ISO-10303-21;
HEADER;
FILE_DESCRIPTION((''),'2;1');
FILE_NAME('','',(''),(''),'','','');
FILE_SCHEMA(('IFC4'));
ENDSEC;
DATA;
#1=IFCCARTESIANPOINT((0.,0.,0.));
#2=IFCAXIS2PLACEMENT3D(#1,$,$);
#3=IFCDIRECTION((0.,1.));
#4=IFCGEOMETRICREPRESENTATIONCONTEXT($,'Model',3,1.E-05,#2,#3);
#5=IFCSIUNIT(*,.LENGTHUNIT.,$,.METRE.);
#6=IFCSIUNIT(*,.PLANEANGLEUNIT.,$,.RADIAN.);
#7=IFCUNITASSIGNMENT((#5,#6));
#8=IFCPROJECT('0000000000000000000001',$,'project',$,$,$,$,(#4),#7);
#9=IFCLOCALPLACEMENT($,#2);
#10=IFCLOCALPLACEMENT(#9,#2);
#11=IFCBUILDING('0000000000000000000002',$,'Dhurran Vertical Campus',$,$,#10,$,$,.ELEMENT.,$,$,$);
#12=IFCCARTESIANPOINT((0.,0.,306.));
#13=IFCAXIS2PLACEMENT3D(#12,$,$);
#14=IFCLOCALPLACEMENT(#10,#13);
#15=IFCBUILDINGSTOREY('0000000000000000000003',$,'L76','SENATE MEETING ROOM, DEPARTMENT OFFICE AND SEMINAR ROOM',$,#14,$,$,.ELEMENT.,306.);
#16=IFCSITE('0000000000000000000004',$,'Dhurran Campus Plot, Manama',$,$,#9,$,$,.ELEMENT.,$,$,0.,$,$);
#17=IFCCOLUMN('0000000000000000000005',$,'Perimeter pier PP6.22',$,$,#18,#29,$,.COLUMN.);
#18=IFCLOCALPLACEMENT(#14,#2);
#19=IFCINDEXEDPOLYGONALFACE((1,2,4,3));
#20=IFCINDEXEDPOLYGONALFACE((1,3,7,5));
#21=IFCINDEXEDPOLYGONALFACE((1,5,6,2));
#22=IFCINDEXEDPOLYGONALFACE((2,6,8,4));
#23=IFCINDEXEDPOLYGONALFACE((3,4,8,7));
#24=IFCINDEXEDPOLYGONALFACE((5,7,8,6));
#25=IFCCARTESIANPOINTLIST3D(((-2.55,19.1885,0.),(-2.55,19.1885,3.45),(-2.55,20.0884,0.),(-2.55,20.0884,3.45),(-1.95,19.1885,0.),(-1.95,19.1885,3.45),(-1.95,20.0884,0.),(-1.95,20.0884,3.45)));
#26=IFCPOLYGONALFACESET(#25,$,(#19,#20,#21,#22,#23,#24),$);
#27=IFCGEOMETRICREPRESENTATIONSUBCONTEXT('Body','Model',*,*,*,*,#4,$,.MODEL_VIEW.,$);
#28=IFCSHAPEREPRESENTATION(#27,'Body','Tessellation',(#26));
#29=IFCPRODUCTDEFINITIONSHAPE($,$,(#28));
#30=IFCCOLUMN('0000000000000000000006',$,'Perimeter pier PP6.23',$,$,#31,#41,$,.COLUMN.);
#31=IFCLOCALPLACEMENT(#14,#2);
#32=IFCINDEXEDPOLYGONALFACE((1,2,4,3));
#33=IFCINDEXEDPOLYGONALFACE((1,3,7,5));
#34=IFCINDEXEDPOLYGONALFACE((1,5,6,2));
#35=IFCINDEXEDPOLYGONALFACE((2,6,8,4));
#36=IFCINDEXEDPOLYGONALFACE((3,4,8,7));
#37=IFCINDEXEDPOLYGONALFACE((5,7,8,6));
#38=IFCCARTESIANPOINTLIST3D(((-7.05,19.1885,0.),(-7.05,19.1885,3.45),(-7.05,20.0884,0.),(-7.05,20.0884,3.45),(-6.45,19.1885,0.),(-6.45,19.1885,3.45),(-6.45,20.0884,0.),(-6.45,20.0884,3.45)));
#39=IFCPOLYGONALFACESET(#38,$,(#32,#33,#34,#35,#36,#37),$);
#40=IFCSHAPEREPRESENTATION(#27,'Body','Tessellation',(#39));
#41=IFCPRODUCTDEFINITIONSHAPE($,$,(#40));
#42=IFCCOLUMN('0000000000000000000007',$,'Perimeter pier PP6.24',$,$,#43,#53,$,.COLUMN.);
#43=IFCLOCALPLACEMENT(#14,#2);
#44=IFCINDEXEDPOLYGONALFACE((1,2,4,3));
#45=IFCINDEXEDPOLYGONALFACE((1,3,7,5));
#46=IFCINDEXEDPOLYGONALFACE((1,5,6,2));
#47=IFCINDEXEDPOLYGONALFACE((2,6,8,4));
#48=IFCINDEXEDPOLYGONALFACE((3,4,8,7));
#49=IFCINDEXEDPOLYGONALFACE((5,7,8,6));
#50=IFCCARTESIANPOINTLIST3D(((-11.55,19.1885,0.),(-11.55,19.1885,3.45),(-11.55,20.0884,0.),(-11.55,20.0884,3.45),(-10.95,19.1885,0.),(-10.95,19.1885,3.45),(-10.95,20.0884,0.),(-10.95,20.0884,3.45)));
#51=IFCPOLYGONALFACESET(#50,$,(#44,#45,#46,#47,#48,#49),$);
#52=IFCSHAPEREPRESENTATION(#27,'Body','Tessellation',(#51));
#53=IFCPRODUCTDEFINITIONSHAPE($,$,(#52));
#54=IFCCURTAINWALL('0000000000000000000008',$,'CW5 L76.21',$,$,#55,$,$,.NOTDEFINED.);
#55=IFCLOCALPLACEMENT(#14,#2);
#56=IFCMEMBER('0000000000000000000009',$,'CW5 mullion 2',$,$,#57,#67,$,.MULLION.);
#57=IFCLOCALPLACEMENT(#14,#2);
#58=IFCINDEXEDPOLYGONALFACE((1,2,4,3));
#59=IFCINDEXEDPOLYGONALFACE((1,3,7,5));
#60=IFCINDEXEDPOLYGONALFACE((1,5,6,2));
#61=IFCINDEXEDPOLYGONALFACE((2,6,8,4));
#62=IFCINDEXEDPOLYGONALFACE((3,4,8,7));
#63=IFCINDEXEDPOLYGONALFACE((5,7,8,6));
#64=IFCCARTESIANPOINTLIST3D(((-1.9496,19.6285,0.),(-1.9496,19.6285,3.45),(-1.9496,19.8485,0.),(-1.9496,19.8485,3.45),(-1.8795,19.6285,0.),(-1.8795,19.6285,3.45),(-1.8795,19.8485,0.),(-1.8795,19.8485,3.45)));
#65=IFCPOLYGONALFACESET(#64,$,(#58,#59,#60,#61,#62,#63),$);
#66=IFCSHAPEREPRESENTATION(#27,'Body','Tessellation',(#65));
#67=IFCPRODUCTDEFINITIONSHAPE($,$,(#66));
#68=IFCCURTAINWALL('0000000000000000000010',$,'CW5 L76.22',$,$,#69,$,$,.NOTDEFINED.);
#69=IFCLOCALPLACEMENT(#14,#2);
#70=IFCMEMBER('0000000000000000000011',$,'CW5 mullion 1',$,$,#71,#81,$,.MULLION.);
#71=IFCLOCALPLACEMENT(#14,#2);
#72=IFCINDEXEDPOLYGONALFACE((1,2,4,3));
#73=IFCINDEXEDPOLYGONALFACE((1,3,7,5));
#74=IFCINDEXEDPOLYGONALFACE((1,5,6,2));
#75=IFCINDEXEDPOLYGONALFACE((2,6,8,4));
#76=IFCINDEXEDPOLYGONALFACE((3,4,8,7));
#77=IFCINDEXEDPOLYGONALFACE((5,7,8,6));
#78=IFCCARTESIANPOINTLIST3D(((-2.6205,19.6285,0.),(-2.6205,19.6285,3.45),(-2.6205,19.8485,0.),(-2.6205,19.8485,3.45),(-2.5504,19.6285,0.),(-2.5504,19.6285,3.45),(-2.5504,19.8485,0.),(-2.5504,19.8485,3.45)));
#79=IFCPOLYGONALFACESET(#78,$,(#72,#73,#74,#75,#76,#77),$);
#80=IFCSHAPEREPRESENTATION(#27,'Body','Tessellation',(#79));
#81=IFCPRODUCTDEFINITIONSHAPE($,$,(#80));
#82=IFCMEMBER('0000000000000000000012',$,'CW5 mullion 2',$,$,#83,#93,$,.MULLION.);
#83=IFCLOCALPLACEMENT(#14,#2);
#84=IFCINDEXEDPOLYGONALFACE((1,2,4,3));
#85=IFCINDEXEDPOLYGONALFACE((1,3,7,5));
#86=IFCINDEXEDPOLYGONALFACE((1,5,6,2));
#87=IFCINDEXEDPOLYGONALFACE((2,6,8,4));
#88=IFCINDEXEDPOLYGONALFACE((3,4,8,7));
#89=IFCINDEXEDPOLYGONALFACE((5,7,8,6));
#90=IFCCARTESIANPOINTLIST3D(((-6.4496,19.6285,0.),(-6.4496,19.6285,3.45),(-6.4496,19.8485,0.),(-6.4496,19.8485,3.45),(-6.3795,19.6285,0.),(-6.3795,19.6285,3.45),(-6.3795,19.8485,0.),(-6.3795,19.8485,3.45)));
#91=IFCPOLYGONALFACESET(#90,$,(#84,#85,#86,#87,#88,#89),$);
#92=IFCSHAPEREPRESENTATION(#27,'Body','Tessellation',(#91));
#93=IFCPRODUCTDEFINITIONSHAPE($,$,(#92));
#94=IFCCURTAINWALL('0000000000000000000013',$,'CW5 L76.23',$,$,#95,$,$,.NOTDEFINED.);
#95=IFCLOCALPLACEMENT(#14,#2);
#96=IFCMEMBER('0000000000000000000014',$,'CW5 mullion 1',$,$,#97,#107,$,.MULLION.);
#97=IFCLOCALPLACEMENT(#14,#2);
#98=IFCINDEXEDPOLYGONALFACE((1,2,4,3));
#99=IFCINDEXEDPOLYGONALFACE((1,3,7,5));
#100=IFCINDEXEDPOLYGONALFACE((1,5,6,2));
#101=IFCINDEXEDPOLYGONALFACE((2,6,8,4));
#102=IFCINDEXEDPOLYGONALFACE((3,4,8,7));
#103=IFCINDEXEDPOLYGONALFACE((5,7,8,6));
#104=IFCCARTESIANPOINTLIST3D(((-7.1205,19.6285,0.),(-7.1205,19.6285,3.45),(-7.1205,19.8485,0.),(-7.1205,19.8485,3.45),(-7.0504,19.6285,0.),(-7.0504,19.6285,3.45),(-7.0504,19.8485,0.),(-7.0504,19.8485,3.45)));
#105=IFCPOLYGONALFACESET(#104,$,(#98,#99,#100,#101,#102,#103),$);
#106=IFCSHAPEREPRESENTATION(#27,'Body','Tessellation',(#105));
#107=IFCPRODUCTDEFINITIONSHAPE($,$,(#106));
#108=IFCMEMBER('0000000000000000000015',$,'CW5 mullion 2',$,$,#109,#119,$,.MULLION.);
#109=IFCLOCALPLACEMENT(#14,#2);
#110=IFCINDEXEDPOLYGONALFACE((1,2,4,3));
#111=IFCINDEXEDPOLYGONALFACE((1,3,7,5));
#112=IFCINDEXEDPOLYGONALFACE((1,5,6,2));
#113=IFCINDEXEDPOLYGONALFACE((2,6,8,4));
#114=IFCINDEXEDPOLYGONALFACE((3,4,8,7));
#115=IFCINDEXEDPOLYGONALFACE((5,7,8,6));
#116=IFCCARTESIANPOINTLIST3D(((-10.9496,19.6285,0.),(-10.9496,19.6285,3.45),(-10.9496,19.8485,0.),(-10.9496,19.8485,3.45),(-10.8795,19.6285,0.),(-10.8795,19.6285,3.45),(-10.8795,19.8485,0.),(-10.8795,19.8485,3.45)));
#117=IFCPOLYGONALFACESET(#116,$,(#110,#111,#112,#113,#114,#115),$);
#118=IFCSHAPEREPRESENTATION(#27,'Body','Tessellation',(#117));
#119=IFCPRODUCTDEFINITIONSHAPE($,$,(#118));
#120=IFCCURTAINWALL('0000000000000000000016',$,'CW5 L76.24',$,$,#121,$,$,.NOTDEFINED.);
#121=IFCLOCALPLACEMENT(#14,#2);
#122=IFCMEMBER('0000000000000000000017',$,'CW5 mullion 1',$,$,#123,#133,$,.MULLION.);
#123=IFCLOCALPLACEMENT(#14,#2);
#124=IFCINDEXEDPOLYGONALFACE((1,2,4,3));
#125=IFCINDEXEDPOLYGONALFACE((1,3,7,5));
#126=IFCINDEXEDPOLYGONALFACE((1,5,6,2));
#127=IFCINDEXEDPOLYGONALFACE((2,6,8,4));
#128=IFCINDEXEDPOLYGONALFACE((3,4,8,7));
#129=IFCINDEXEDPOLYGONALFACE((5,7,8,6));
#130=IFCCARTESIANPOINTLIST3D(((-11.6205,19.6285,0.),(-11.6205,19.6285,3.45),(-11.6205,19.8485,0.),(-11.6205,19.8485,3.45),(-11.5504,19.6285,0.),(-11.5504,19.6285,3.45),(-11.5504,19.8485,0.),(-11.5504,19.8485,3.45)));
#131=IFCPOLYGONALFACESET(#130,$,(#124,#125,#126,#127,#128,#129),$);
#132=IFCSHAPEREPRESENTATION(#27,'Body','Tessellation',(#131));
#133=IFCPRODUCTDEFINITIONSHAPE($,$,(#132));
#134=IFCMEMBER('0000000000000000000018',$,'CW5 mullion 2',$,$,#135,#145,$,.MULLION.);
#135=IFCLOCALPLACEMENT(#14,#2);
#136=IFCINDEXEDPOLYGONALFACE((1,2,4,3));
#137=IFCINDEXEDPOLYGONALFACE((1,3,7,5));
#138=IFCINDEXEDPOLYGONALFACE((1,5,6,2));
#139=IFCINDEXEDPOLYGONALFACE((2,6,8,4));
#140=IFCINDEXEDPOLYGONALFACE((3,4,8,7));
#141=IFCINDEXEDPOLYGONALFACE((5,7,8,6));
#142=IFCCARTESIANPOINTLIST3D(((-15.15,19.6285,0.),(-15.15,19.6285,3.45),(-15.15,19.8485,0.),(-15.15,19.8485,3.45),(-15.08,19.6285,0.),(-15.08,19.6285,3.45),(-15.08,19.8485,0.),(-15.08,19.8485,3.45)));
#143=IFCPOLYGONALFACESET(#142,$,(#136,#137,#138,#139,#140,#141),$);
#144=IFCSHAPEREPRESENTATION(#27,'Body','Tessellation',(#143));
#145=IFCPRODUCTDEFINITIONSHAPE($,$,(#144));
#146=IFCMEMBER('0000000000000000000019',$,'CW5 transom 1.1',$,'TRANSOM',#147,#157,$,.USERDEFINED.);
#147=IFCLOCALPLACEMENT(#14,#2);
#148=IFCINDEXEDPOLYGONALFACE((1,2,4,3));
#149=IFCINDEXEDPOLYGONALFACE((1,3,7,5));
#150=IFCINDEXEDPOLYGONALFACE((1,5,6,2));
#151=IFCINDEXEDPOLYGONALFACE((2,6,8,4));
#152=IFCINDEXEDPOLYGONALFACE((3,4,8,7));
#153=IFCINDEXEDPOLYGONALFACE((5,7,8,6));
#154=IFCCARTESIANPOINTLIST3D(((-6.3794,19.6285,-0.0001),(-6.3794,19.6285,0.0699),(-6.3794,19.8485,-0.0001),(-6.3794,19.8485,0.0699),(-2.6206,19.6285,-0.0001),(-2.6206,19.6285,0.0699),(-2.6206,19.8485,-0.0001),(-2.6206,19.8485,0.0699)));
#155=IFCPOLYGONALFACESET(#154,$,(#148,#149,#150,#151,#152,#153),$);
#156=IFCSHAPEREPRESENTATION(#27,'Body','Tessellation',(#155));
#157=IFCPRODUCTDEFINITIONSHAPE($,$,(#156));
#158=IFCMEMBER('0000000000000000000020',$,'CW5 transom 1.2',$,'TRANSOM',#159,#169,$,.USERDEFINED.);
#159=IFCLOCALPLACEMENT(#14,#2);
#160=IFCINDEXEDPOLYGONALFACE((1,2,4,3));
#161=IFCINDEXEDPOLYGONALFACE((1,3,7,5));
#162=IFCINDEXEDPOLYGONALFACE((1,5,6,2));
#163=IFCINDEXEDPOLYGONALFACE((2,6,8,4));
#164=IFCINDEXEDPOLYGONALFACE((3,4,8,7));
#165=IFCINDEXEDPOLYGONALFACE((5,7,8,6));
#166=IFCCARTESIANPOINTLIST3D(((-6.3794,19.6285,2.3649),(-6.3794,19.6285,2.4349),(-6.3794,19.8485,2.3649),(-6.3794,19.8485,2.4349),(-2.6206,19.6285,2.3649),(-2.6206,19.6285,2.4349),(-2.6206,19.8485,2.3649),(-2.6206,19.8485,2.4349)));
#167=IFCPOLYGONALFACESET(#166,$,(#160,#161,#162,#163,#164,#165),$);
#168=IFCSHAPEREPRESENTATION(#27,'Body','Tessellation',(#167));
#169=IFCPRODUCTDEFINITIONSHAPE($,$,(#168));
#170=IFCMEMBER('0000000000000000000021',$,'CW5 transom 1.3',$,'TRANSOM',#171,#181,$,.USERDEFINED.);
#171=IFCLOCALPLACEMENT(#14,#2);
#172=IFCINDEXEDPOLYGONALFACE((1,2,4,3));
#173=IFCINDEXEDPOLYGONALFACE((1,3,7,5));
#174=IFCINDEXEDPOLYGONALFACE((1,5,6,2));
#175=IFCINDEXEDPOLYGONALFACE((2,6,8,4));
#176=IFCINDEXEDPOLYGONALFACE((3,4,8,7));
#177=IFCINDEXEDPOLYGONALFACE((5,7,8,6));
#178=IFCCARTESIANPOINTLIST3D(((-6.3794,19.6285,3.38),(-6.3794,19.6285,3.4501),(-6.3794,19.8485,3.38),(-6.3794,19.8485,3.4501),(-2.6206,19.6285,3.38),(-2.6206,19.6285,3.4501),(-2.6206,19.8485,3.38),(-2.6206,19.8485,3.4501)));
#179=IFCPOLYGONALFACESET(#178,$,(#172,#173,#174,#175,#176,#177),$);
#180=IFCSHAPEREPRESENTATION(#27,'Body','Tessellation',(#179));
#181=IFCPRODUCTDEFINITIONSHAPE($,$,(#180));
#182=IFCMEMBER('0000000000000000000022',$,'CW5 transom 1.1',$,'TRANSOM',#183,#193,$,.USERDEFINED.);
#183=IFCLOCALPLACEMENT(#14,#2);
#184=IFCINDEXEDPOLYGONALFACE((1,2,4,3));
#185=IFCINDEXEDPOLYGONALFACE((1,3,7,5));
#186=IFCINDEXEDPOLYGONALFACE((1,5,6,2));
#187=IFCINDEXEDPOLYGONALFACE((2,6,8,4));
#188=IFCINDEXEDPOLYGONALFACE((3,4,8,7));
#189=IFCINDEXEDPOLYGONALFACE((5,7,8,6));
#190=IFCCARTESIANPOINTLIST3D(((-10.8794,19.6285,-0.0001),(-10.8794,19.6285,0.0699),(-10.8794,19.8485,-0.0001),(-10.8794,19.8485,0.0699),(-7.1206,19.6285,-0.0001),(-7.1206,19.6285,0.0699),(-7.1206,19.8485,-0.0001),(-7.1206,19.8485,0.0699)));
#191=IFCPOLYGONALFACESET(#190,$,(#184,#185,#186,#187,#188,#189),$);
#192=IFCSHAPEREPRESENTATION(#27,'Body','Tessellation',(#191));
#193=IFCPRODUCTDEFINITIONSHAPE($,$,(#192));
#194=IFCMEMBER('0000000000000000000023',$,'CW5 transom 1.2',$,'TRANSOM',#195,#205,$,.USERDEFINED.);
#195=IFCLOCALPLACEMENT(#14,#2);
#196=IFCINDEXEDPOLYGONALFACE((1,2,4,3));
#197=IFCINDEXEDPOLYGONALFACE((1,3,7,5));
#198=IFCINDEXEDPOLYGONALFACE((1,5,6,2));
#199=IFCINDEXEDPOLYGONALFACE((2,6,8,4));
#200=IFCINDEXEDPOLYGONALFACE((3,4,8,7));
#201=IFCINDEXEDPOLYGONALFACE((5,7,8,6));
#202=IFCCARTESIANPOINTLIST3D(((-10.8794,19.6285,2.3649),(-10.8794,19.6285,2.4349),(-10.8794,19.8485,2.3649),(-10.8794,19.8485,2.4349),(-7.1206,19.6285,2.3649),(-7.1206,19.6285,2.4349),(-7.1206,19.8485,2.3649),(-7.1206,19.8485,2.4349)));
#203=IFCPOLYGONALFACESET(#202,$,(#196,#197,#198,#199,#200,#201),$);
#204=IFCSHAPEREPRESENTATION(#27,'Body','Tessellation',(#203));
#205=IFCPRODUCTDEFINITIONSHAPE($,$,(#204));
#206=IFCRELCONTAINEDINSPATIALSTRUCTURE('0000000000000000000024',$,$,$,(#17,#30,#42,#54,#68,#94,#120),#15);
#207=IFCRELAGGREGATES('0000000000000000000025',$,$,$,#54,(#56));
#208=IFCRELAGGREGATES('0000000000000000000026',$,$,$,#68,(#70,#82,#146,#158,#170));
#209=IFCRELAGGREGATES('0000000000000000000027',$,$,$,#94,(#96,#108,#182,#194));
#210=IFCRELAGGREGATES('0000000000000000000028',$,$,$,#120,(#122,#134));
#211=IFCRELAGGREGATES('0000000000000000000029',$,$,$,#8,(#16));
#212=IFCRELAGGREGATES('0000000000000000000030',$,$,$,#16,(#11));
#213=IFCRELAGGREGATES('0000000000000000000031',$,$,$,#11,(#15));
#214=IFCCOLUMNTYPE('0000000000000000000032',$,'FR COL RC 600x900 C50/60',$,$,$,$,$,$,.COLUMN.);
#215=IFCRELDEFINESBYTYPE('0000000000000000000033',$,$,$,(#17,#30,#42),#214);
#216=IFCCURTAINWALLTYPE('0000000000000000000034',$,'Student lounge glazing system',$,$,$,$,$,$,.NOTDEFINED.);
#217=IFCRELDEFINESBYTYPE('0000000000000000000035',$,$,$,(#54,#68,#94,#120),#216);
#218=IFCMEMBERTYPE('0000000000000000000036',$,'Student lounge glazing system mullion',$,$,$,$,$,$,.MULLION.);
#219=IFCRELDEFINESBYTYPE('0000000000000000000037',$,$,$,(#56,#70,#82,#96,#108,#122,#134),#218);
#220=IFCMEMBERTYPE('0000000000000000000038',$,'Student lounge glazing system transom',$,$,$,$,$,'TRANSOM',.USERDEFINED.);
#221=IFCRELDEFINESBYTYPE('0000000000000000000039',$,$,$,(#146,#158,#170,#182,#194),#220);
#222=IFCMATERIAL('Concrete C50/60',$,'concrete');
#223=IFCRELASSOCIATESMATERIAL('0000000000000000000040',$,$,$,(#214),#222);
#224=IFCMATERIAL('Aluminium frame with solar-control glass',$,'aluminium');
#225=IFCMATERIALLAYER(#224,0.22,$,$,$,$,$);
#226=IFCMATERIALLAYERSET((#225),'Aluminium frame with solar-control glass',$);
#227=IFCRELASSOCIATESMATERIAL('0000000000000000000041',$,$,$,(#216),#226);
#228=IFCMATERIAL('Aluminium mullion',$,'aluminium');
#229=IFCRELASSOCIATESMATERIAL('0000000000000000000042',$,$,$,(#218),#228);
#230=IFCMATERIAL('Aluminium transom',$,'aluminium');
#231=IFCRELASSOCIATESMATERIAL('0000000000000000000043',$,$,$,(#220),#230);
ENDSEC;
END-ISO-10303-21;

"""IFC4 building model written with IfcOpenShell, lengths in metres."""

from ifc_helpers import new_model, si_unit, direction, frame, origin, origin_2d, place, context, subcontext, project, spatial, rectangle, extrude, material, layer, layer_set, material_profile, profile_set, type_object, element, aggregate, save


model = new_model("IFC4")

# Units and contexts
model_context = context("Model", 3, precision=1e-05, world=origin(), true_north=direction((0.0, 1.0)))
body_context = subcontext(model_context, "Body", "Model", "MODEL_VIEW")
ifc_project = project(units=[si_unit("LENGTHUNIT", "METRE"), si_unit("PLANEANGLEUNIT", "RADIAN")], contexts=[model_context])

# Site, building, storey
site_placement = place(None, origin())
site = spatial("IfcSite", under=ifc_project, at=site_placement, Name="Dhurran Campus Plot, Manama", CompositionType="ELEMENT", RefElevation=0.0)
building_placement = place(site_placement, origin())
building = spatial("IfcBuilding", under=site, at=building_placement, Name="Dhurran Vertical Campus", CompositionType="ELEMENT")
storey_placement = place(building_placement, frame((0.0, 0.0, 306.0)))
storey = spatial("IfcBuildingStorey", under=building, at=storey_placement, Name="L76", Description="SENATE MEETING ROOM, DEPARTMENT OFFICE AND SEMINAR ROOM", CompositionType="ELEMENT", Elevation=306.0)

# Columns
ifc_material_1 = material(Name="Concrete C50/60", Category="concrete")
ifc_material_profile_1 = material_profile(ifc_material_1, rectangle(XDim=0.6001, YDim=0.8999, at=origin_2d()), Name="RC 600x900")
ifc_profile_set_1 = profile_set([ifc_material_profile_1], Name="Concrete C50/60")
column_type = type_object("IfcColumnType", Name="FR COL RC 600x900 C50/60", PredefinedType="COLUMN", material=ifc_profile_set_1)
for number, where, z_axis, x_axis, name in (
    (1, (-2.25, 19.6384, 0.0), (0.0, 0.0, 1.0), (-1.0, 0.0, 0.0), "Perimeter pier PP6.22"),
    (2, (-6.75, 19.6384, 0.0), (0.0, 0.0, 1.0), (-1.0, 0.0, 0.0), "Perimeter pier PP6.23"),
    (3, (-11.25, 19.6384, 0.0), (0.0, 0.0, 1.0), (-1.0, 0.0, 0.0), "Perimeter pier PP6.24"),
):
    element("IfcColumn", number, at=place(storey_placement, frame(where, z_axis=z_axis, x_axis=x_axis)), inside=storey, type_object=column_type, Name=name, PredefinedType="COLUMN", context=body_context, shape_type="SweptSolid", body=[
        extrude(rectangle(XDim=0.6001, YDim=0.8999, at=origin_2d()), origin(), (0.0, 0.0, 1.0), 3.45),
    ])

# Curtain wall, member
ifc_material_2 = material(Name="Aluminium frame with solar-control glass", Category="aluminium")
ifc_layer_1 = layer(ifc_material_2, 0.22)
ifc_layer_set_1 = layer_set([ifc_layer_1], Name="Aluminium frame with solar-control glass")
curtain_wall_type = type_object("IfcCurtainWallType", Name="Student lounge glazing system", PredefinedType="NOTDEFINED", material=ifc_layer_set_1)
curtain_wall_1_placement = place(storey_placement, origin())
curtain_wall_1 = element("IfcCurtainWall", 4, at=curtain_wall_1_placement, inside=storey, type_object=curtain_wall_type, Name="CW5 L76.21", PredefinedType="NOTDEFINED")
ifc_material_3 = material(Name="Aluminium mullion", Category="aluminium")
ifc_material_profile_2 = material_profile(ifc_material_3, rectangle(XDim=0.22, YDim=0.0701, at=origin_2d()), Name="Student lounge glazing system mullion")
ifc_profile_set_2 = profile_set([ifc_material_profile_2], Name="Aluminium mullion")
member_type_1 = type_object("IfcMemberType", Name="Student lounge glazing system mullion", PredefinedType="MULLION", material=ifc_profile_set_2)
member_1_placement = place(storey_placement, frame((-1.9146, 19.7385, 0.0), z_axis=(0.0, 0.0, 1.0), x_axis=(0.0, -1.0, 0.0)))
member_1 = element("IfcMember", 5, at=member_1_placement, type_object=member_type_1, Name="CW5 mullion 2", PredefinedType="MULLION", context=body_context, shape_type="SweptSolid", body=[
    extrude(rectangle(XDim=0.22, YDim=0.0701, at=origin_2d()), origin(), (0.0, 0.0, 1.0), 3.45),
])

# Curtain walls, members
curtain_wall_2_placement = place(storey_placement, origin())
curtain_wall_2 = element("IfcCurtainWall", 6, at=curtain_wall_2_placement, inside=storey, type_object=curtain_wall_type, Name="CW5 L76.22", PredefinedType="NOTDEFINED")
member_2_placement = place(storey_placement, frame((-2.5854, 19.7385, 0.0), z_axis=(0.0, 0.0, 1.0), x_axis=(0.0, -1.0, 0.0)))
member_2 = element("IfcMember", 7, at=member_2_placement, type_object=member_type_1, Name="CW5 mullion 1", PredefinedType="MULLION", context=body_context, shape_type="SweptSolid", body=[
    extrude(rectangle(XDim=0.22, YDim=0.0701, at=origin_2d()), origin(), (0.0, 0.0, 1.0), 3.45),
])
member_3_placement = place(storey_placement, frame((-6.4146, 19.7385, 0.0), z_axis=(0.0, 0.0, 1.0), x_axis=(0.0, -1.0, 0.0)))
member_3 = element("IfcMember", 8, at=member_3_placement, type_object=member_type_1, Name="CW5 mullion 2", PredefinedType="MULLION", context=body_context, shape_type="SweptSolid", body=[
    extrude(rectangle(XDim=0.22, YDim=0.0701, at=origin_2d()), origin(), (0.0, 0.0, 1.0), 3.45),
])
curtain_wall_3_placement = place(storey_placement, origin())
curtain_wall_3 = element("IfcCurtainWall", 9, at=curtain_wall_3_placement, inside=storey, type_object=curtain_wall_type, Name="CW5 L76.23", PredefinedType="NOTDEFINED")
member_4_placement = place(storey_placement, frame((-7.0854, 19.7385, 0.0), z_axis=(0.0, 0.0, 1.0), x_axis=(0.0, -1.0, 0.0)))
member_4 = element("IfcMember", 10, at=member_4_placement, type_object=member_type_1, Name="CW5 mullion 1", PredefinedType="MULLION", context=body_context, shape_type="SweptSolid", body=[
    extrude(rectangle(XDim=0.22, YDim=0.0701, at=origin_2d()), origin(), (0.0, 0.0, 1.0), 3.45),
])
member_5_placement = place(storey_placement, frame((-10.9146, 19.7385, 0.0), z_axis=(0.0, 0.0, 1.0), x_axis=(0.0, -1.0, 0.0)))
member_5 = element("IfcMember", 11, at=member_5_placement, type_object=member_type_1, Name="CW5 mullion 2", PredefinedType="MULLION", context=body_context, shape_type="SweptSolid", body=[
    extrude(rectangle(XDim=0.22, YDim=0.0701, at=origin_2d()), origin(), (0.0, 0.0, 1.0), 3.45),
])
curtain_wall_4_placement = place(storey_placement, origin())
curtain_wall_4 = element("IfcCurtainWall", 12, at=curtain_wall_4_placement, inside=storey, type_object=curtain_wall_type, Name="CW5 L76.24", PredefinedType="NOTDEFINED")
member_6_placement = place(storey_placement, frame((-11.5854, 19.7385, 0.0), z_axis=(0.0, 0.0, 1.0), x_axis=(0.0, -1.0, 0.0)))
member_6 = element("IfcMember", 13, at=member_6_placement, type_object=member_type_1, Name="CW5 mullion 1", PredefinedType="MULLION", context=body_context, shape_type="SweptSolid", body=[
    extrude(rectangle(XDim=0.22, YDim=0.0701, at=origin_2d()), origin(), (0.0, 0.0, 1.0), 3.45),
])
member_7_placement = place(storey_placement, frame((-15.115, 19.7385, 0.0), z_axis=(0.0, 0.0, 1.0), x_axis=(0.0, -1.0, 0.0)))
member_7 = element("IfcMember", 14, at=member_7_placement, type_object=member_type_1, Name="CW5 mullion 2", PredefinedType="MULLION", context=body_context, shape_type="SweptSolid", body=[
    extrude(rectangle(XDim=0.22, YDim=0.0701, at=origin_2d()), origin(), (0.0, 0.0, 1.0), 3.45),
])

# Members
ifc_material_4 = material(Name="Aluminium transom", Category="aluminium")
ifc_material_profile_3 = material_profile(ifc_material_4, rectangle(XDim=0.22, YDim=0.0701, at=origin_2d()), Name="Student lounge glazing system transom")
ifc_profile_set_3 = profile_set([ifc_material_profile_3], Name="Aluminium transom")
member_type_2 = type_object("IfcMemberType", Name="Student lounge glazing system transom", ElementType="TRANSOM", PredefinedType="USERDEFINED", material=ifc_profile_set_3)
member_8_placement = place(storey_placement, frame((-2.6206, 19.7385, 0.0349), z_axis=(-1.0, 0.0, 0.0), x_axis=(0.0, -1.0, 0.0)))
member_8 = element("IfcMember", 15, at=member_8_placement, type_object=member_type_2, Name="CW5 transom 1.1", ObjectType="TRANSOM", PredefinedType="USERDEFINED", context=body_context, shape_type="SweptSolid", body=[
    extrude(rectangle(XDim=0.22, YDim=0.0701, at=origin_2d()), origin(), (0.0, 0.0, 1.0), 3.7588),
])
member_9_placement = place(storey_placement, frame((-2.6206, 19.7385, 2.3999), z_axis=(-1.0, 0.0, 0.0), x_axis=(0.0, -1.0, 0.0)))
member_9 = element("IfcMember", 16, at=member_9_placement, type_object=member_type_2, Name="CW5 transom 1.2", ObjectType="TRANSOM", PredefinedType="USERDEFINED", context=body_context, shape_type="SweptSolid", body=[
    extrude(rectangle(XDim=0.22, YDim=0.0701, at=origin_2d()), origin(), (0.0, 0.0, 1.0), 3.7588),
])
member_10_placement = place(storey_placement, frame((-2.6206, 19.7385, 3.415), z_axis=(-1.0, 0.0, 0.0), x_axis=(0.0, -1.0, 0.0)))
member_10 = element("IfcMember", 17, at=member_10_placement, type_object=member_type_2, Name="CW5 transom 1.3", ObjectType="TRANSOM", PredefinedType="USERDEFINED", context=body_context, shape_type="SweptSolid", body=[
    extrude(rectangle(XDim=0.22, YDim=0.0701, at=origin_2d()), origin(), (0.0, 0.0, 1.0), 3.7588),
])
member_11_placement = place(storey_placement, frame((-7.1206, 19.7385, 0.0349), z_axis=(-1.0, 0.0, 0.0), x_axis=(0.0, -1.0, 0.0)))
member_11 = element("IfcMember", 18, at=member_11_placement, type_object=member_type_2, Name="CW5 transom 1.1", ObjectType="TRANSOM", PredefinedType="USERDEFINED", context=body_context, shape_type="SweptSolid", body=[
    extrude(rectangle(XDim=0.22, YDim=0.0701, at=origin_2d()), origin(), (0.0, 0.0, 1.0), 3.7588),
])
member_12_placement = place(storey_placement, frame((-7.1206, 19.7385, 2.3999), z_axis=(-1.0, 0.0, 0.0), x_axis=(0.0, -1.0, 0.0)))
member_12 = element("IfcMember", 19, at=member_12_placement, type_object=member_type_2, Name="CW5 transom 1.2", ObjectType="TRANSOM", PredefinedType="USERDEFINED", context=body_context, shape_type="SweptSolid", body=[
    extrude(rectangle(XDim=0.22, YDim=0.0701, at=origin_2d()), origin(), (0.0, 0.0, 1.0), 3.7588),
])

aggregate(curtain_wall_1, [member_1])
aggregate(curtain_wall_2, [member_2, member_3, member_8, member_9, member_10])
aggregate(curtain_wall_3, [member_4, member_5, member_11, member_12])
aggregate(curtain_wall_4, [member_6, member_7])

save(model, "model.ifc")
